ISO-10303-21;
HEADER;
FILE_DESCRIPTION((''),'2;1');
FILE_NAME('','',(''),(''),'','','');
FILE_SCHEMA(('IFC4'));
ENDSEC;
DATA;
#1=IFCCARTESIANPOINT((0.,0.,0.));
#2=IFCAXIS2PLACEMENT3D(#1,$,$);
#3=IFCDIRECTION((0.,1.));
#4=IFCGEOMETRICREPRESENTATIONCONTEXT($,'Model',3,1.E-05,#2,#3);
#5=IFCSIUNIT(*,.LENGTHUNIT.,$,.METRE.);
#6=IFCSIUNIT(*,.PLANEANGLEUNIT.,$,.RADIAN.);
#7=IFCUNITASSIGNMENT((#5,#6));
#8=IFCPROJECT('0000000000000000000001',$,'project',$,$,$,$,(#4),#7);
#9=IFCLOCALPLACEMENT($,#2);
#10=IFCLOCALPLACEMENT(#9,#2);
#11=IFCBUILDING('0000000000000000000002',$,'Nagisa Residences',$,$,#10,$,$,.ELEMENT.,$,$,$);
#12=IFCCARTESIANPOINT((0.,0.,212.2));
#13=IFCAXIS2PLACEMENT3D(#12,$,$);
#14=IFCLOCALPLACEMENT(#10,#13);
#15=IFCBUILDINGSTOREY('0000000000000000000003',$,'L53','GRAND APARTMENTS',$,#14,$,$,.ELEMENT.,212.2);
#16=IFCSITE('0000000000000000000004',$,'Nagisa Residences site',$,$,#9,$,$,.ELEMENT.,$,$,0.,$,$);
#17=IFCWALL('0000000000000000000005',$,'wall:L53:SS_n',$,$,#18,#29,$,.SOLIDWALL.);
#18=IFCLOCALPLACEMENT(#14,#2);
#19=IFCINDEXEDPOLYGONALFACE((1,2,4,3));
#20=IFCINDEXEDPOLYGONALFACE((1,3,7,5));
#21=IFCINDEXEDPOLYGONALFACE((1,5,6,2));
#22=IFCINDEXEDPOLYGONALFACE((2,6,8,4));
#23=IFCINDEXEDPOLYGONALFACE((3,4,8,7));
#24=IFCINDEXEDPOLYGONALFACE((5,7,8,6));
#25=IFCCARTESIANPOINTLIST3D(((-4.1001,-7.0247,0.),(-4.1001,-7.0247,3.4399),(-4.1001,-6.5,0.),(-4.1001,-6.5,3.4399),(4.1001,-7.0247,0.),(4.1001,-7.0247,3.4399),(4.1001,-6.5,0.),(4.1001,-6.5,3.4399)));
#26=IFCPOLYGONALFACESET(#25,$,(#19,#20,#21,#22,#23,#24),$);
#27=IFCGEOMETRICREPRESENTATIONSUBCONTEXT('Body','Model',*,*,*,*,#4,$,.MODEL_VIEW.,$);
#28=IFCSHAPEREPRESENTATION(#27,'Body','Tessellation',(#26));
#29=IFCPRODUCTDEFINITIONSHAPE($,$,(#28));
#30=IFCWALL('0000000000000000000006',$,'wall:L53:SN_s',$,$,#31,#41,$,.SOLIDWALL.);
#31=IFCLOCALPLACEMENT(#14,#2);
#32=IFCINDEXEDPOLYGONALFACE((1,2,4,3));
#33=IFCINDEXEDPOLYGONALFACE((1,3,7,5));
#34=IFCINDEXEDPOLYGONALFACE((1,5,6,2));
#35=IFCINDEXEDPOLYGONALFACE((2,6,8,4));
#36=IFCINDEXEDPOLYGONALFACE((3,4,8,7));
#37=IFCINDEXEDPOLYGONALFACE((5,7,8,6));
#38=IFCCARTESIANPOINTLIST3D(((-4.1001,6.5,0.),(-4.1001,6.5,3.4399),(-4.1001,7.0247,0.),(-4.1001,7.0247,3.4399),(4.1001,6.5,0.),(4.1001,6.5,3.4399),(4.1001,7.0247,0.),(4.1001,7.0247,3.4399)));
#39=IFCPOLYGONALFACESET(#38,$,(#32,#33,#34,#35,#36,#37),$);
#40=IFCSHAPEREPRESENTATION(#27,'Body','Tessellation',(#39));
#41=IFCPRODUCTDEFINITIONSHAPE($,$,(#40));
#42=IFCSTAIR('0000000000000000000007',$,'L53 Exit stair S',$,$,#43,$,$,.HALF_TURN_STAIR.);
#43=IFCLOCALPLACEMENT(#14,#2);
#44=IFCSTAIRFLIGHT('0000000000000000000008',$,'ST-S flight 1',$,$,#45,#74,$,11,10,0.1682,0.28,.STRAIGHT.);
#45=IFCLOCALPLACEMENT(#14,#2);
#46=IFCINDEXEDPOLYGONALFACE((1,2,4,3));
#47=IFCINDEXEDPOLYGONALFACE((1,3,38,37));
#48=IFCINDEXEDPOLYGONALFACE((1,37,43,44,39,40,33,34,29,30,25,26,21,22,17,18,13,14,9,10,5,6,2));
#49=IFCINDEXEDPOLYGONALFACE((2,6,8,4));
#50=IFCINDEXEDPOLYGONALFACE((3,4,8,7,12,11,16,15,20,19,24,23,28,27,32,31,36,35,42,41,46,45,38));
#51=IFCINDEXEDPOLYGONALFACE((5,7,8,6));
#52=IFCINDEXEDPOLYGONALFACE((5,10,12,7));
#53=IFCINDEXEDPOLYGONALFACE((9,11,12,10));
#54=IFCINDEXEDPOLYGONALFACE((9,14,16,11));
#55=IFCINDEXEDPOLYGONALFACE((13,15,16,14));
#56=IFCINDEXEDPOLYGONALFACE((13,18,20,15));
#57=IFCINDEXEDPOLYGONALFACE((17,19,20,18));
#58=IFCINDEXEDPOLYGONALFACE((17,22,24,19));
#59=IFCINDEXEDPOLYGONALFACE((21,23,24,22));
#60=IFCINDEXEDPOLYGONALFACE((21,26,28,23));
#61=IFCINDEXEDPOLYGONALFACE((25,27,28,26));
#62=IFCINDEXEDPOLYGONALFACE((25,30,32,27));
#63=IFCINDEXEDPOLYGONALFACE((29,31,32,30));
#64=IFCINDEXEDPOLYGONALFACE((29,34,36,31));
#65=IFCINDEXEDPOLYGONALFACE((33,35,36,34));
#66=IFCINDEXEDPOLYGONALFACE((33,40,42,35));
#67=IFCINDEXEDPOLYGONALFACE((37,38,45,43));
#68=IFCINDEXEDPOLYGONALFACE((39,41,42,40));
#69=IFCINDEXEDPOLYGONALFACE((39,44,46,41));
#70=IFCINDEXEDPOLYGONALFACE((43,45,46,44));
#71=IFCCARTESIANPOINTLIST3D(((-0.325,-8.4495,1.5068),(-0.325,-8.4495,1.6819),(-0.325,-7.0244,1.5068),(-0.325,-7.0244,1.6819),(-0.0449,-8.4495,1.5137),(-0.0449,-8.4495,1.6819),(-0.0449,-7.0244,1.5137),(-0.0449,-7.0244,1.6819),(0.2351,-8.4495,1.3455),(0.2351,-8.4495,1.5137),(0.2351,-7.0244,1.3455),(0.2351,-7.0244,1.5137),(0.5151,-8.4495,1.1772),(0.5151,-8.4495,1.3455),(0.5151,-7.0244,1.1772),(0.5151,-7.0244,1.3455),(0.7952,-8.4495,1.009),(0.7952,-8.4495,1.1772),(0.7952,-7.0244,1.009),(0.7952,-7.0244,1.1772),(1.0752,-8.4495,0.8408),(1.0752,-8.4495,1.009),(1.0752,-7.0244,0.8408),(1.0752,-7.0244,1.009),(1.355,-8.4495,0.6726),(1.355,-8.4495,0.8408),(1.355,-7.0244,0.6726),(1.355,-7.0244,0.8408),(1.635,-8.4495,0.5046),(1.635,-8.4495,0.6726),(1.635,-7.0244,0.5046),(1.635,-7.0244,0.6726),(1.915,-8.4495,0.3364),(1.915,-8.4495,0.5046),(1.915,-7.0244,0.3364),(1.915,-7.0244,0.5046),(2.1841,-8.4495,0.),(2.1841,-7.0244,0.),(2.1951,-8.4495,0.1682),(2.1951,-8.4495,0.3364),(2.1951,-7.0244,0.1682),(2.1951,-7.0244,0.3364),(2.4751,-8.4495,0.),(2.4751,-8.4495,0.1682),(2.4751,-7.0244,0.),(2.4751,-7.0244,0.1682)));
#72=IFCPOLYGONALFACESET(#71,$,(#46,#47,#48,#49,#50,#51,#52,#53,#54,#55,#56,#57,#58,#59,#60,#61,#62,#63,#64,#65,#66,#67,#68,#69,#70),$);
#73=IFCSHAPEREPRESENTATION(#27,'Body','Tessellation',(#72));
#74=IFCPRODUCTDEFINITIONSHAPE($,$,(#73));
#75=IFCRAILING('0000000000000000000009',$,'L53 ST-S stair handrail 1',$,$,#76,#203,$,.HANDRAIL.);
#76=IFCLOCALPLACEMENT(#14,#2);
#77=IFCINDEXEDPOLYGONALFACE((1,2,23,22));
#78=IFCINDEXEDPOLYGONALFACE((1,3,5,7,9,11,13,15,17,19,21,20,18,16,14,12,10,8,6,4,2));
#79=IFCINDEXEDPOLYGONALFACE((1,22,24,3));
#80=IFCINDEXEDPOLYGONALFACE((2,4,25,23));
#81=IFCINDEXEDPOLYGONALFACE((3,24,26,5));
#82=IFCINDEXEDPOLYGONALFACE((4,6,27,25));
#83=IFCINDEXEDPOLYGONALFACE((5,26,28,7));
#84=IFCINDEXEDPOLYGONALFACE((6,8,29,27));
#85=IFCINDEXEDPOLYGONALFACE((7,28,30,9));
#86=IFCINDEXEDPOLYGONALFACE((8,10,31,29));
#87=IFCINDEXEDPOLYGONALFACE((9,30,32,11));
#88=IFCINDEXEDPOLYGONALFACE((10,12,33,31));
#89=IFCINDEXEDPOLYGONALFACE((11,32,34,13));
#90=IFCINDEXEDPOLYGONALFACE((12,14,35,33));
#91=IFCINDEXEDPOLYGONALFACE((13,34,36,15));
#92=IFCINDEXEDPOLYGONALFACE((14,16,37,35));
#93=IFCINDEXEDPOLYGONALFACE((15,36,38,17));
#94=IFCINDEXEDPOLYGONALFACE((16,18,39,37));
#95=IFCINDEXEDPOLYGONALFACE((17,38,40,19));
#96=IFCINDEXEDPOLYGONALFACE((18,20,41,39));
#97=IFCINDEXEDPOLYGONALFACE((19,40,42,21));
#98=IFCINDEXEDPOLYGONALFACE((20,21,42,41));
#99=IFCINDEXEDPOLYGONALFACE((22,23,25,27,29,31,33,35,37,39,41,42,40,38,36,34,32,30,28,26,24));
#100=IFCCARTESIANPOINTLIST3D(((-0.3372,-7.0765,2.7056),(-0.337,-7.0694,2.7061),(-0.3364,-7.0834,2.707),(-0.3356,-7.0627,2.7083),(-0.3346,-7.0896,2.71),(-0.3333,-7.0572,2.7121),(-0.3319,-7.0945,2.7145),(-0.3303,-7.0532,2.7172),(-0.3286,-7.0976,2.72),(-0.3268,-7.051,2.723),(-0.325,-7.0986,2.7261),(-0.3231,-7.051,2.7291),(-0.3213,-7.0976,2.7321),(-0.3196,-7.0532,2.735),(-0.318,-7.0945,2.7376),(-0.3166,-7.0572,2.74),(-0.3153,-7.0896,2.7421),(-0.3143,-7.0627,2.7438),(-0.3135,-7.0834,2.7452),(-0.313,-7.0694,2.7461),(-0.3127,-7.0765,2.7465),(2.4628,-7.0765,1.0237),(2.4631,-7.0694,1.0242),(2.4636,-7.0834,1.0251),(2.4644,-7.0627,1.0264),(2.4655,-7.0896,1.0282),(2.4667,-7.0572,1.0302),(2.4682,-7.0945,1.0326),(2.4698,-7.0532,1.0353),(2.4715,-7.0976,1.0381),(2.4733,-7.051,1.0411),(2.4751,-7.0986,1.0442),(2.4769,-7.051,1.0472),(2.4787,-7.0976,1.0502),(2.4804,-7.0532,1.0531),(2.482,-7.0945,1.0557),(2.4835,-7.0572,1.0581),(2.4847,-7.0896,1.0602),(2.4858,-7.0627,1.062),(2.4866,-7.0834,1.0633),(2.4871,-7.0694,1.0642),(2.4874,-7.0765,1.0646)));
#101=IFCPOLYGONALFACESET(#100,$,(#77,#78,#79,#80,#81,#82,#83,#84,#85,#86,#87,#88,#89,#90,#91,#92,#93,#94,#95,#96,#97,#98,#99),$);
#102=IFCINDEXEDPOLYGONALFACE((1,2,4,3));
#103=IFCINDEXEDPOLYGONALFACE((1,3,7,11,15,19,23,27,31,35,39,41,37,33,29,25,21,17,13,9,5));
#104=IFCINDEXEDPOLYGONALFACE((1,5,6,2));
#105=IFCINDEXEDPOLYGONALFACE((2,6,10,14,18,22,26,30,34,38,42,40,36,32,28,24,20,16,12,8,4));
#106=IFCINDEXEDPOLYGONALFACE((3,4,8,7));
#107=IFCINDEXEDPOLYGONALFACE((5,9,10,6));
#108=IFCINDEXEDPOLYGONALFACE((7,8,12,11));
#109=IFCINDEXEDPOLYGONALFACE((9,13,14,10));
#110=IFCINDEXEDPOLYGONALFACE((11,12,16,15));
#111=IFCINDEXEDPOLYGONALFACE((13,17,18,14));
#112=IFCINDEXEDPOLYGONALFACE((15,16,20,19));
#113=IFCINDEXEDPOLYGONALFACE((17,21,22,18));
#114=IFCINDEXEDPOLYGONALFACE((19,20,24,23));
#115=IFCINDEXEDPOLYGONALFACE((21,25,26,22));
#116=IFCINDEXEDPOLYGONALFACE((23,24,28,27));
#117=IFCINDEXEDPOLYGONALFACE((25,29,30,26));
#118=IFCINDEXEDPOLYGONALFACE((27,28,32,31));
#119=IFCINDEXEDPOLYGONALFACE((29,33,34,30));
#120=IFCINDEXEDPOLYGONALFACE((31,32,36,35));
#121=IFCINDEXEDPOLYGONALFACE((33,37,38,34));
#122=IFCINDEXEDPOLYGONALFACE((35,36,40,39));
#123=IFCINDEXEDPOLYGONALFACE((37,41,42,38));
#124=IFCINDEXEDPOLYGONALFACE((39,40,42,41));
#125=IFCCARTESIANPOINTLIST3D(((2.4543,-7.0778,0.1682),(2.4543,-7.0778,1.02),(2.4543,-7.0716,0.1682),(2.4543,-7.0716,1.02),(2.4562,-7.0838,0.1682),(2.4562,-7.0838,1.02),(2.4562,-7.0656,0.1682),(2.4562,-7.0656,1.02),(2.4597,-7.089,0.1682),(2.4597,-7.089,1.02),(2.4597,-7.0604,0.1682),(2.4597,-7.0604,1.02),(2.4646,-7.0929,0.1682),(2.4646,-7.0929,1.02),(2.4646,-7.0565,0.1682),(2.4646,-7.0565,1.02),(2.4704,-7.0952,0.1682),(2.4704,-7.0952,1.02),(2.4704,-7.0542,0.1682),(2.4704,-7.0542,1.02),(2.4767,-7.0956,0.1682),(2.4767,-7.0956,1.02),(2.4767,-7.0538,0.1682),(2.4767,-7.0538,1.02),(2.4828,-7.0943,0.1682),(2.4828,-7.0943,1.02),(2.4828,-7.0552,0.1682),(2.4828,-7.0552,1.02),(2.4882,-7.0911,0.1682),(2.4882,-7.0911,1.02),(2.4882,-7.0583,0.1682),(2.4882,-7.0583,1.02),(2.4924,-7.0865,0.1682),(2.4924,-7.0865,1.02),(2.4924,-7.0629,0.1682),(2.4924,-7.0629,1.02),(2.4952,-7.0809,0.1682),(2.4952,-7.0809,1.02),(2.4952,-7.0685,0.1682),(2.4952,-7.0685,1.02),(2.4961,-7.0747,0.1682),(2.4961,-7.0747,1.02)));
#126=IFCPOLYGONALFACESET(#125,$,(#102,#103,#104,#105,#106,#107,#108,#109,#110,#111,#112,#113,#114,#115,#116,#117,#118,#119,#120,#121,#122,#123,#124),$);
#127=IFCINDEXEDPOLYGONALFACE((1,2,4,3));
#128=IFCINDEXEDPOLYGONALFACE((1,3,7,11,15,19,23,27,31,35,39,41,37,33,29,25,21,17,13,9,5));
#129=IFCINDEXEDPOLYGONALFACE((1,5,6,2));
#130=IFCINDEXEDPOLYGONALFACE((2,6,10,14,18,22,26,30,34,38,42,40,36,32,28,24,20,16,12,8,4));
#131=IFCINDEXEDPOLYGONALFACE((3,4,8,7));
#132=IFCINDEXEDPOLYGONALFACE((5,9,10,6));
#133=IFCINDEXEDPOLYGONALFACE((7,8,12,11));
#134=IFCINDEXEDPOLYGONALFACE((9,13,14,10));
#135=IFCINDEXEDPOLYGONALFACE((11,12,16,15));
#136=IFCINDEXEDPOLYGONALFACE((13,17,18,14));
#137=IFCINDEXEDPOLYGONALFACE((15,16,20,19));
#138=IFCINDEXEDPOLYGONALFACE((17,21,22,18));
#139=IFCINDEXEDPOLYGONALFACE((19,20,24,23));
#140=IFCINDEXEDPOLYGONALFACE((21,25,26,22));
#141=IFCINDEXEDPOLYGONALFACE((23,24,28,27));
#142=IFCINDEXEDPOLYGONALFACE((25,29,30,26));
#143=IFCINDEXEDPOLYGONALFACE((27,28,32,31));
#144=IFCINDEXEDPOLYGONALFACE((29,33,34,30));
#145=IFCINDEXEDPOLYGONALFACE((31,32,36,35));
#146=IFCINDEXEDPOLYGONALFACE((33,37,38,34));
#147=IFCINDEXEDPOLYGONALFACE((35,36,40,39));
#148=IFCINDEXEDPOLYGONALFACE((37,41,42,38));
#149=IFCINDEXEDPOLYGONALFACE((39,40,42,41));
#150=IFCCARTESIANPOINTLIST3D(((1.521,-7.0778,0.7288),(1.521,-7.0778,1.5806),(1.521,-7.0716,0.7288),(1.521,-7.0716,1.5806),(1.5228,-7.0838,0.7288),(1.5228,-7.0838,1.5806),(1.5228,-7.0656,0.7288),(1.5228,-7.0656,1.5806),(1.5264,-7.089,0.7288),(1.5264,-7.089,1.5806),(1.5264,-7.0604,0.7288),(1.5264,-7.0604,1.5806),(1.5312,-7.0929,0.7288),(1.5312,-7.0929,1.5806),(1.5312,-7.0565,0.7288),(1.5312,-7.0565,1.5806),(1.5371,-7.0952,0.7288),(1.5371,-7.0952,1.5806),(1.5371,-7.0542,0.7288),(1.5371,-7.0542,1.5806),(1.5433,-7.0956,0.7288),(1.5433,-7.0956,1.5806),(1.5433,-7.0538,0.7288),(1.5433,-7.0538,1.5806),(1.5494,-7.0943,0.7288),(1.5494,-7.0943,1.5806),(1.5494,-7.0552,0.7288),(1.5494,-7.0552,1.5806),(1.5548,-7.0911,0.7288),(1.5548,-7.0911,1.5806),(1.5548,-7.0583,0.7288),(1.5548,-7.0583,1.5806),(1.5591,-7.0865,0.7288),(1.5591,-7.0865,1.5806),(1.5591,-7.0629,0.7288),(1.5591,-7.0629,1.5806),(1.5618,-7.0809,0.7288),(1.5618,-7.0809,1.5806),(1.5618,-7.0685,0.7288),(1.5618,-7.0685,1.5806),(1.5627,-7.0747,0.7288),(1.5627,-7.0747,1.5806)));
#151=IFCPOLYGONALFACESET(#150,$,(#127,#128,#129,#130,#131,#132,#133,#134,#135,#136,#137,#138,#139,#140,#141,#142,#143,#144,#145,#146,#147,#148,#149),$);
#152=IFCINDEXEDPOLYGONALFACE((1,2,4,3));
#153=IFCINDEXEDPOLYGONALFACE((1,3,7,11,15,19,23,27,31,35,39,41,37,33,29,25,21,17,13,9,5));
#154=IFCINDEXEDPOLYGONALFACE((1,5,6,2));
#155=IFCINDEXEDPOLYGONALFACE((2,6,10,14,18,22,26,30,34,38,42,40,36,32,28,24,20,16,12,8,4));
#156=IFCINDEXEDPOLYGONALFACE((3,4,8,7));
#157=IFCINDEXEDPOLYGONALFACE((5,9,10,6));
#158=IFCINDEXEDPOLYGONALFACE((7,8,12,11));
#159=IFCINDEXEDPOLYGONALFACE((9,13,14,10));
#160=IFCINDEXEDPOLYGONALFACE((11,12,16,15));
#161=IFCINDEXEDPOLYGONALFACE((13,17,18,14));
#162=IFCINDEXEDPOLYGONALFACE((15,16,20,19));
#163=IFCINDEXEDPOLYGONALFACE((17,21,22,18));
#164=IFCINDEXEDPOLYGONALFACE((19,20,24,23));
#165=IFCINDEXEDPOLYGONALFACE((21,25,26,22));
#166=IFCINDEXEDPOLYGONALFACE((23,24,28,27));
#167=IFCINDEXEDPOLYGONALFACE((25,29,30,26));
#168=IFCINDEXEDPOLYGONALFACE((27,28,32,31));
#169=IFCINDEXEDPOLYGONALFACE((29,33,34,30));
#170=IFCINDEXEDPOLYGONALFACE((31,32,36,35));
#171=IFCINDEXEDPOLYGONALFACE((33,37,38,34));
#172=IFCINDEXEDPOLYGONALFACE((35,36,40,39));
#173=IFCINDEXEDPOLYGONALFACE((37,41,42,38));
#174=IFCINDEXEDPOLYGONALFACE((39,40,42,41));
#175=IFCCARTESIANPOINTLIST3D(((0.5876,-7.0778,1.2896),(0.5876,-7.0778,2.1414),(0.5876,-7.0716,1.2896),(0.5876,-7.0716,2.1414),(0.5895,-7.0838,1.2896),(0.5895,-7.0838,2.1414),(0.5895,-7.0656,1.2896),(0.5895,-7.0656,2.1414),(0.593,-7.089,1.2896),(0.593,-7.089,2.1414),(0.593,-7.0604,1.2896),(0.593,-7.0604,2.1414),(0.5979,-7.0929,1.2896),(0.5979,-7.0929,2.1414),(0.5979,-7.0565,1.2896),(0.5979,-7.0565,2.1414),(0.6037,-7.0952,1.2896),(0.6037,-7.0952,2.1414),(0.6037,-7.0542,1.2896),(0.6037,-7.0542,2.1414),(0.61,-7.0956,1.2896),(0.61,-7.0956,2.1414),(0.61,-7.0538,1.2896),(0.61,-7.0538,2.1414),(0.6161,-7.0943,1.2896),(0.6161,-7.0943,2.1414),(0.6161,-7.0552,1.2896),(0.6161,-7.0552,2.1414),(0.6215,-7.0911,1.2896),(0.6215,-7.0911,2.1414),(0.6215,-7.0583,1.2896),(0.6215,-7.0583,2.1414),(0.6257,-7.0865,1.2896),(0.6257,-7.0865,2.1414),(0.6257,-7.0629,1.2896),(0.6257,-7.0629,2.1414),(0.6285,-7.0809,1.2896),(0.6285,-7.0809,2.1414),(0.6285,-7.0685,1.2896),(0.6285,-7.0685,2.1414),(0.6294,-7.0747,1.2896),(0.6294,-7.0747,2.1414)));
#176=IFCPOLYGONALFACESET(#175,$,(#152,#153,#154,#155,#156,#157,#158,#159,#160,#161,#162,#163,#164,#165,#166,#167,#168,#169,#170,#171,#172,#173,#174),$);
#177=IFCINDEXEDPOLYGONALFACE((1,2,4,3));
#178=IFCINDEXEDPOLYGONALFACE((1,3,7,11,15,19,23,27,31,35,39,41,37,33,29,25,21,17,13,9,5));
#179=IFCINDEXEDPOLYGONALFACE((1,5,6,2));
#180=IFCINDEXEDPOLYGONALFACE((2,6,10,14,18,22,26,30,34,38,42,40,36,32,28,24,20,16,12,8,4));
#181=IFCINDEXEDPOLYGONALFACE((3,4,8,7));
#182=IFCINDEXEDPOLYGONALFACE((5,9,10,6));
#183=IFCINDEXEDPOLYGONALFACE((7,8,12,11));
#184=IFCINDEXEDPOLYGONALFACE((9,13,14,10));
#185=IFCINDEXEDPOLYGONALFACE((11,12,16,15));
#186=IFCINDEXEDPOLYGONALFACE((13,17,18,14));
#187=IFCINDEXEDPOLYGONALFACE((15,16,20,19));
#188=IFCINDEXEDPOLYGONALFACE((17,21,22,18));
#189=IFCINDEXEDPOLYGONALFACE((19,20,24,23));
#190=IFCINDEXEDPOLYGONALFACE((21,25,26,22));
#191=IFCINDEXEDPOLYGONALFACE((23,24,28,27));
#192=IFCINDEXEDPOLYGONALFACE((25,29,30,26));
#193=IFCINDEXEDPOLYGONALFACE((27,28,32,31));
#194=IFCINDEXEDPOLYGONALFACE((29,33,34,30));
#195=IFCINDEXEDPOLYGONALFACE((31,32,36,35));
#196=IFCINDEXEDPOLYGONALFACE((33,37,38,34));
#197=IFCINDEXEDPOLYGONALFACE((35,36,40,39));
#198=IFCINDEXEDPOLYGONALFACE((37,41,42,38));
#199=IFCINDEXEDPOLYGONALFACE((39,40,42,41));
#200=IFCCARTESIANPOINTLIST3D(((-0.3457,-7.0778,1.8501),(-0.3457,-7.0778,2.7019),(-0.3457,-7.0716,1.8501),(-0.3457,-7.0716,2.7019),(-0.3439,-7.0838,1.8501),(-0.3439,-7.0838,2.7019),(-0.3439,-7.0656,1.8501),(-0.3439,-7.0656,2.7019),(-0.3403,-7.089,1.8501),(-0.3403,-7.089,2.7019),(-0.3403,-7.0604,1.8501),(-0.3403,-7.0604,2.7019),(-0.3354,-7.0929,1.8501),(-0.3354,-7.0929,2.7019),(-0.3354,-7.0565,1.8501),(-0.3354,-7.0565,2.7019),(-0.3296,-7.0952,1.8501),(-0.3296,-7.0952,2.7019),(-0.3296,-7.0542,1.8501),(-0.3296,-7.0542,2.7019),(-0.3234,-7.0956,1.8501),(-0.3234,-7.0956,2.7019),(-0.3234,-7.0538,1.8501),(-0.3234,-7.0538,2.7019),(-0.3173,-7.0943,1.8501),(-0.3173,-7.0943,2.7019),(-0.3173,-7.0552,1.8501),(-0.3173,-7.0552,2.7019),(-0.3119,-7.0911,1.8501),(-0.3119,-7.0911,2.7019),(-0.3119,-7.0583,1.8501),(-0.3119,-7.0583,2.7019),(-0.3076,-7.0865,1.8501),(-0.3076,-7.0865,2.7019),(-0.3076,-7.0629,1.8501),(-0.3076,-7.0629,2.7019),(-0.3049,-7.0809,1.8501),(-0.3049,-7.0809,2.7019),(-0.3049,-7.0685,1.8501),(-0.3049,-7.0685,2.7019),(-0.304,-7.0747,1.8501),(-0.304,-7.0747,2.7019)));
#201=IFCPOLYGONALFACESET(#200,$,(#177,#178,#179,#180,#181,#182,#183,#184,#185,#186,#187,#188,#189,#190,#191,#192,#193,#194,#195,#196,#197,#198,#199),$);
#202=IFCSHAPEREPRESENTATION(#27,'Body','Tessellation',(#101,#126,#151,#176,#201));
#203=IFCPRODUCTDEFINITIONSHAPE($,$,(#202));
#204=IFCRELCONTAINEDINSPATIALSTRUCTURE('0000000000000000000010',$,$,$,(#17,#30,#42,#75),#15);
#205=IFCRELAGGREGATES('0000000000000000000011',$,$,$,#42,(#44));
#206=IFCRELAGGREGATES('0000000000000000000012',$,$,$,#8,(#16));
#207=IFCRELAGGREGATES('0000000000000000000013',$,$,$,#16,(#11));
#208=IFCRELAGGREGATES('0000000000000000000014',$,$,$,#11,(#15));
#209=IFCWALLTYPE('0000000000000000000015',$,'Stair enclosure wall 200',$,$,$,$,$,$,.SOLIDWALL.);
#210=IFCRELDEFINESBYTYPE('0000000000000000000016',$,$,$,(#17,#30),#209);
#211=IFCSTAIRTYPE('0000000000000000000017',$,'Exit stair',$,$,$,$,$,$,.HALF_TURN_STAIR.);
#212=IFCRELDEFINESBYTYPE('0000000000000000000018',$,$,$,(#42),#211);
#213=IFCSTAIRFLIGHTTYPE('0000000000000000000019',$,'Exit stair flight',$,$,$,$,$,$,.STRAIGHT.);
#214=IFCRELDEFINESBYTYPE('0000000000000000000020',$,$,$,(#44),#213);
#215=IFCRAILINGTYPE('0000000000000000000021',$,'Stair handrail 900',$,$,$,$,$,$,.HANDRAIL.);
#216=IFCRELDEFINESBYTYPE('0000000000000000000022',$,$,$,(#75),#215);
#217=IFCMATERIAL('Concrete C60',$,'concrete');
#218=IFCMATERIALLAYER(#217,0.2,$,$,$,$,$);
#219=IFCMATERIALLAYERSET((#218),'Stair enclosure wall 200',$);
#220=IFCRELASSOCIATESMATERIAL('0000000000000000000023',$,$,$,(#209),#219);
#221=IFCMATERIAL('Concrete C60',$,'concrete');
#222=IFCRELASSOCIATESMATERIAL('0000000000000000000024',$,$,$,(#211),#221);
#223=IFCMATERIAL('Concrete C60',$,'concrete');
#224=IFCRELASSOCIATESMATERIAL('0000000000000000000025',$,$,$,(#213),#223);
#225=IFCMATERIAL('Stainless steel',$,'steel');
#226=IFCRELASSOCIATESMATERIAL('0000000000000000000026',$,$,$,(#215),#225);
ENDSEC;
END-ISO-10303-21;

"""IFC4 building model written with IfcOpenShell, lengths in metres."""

from ifc_helpers import new_model, si_unit, direction, frame, origin, origin_2d, place, context, subcontext, project, spatial, polyline, circle, outline, extrude, material, layer, layer_set, type_object, element, aggregate, save


model = new_model("IFC4")

# Units and contexts
model_context = context("Model", 3, precision=1e-05, world=origin(), true_north=direction((0.0, 1.0)))
body_context = subcontext(model_context, "Body", "Model", "MODEL_VIEW")
ifc_project = project(units=[si_unit("LENGTHUNIT", "METRE"), si_unit("PLANEANGLEUNIT", "RADIAN")], contexts=[model_context])

# Site, building, storey
site_placement = place(None, origin())
site = spatial("IfcSite", under=ifc_project, at=site_placement, Name="Nagisa Residences site", CompositionType="ELEMENT", RefElevation=0.0)
building_placement = place(site_placement, origin())
building = spatial("IfcBuilding", under=site, at=building_placement, Name="Nagisa Residences", CompositionType="ELEMENT")
storey_placement = place(building_placement, frame((0.0, 0.0, 212.2)))
storey = spatial("IfcBuildingStorey", under=building, at=storey_placement, Name="L53", Description="GRAND APARTMENTS", CompositionType="ELEMENT", Elevation=212.2)

# Shared definitions
ifc_material_1 = material(Name="Concrete C60", Category="concrete")
ifc_layer_1 = layer(ifc_material_1, 0.2)
ifc_layer_set_1 = layer_set([ifc_layer_1], Name="Stair enclosure wall 200")
wall_type_1 = type_object("IfcWallType", Name="Stair enclosure wall 200", PredefinedType="SOLIDWALL", material=ifc_layer_set_1)

# Walls
wall_1_placement = place(storey_placement, origin())
element("IfcWall", 1, at=wall_1_placement, inside=storey, type_object=wall_type_1, Name="wall:L53:SS_n", PredefinedType="SOLIDWALL", context=body_context, shape_type="SweptSolid", body=[
    extrude(outline(polyline([(4.1001, -7.0247), (-4.1001, -7.0247), (-4.1001, -6.5), (4.1001, -6.5), (4.1001, -7.0247)])), origin(), (0.0, 0.0, 1.0), 3.4399),
])
wall_2_placement = place(storey_placement, origin())
element("IfcWall", 2, at=wall_2_placement, inside=storey, type_object=wall_type_1, Name="wall:L53:SN_s", PredefinedType="SOLIDWALL", context=body_context, shape_type="SweptSolid", body=[
    extrude(outline(polyline([(4.1001, 6.5), (-4.1001, 6.5), (-4.1001, 7.0247), (4.1001, 7.0247), (4.1001, 6.5)])), origin(), (0.0, 0.0, 1.0), 3.4399),
])

# Stair, stair flight
ifc_material_2 = material(Name="Concrete C60", Category="concrete")
stair_type = type_object("IfcStairType", Name="Exit stair", PredefinedType="HALF_TURN_STAIR", material=ifc_material_2)
stair_placement = place(storey_placement, origin())
stair = element("IfcStair", 3, at=stair_placement, inside=storey, type_object=stair_type, Name="L53 Exit stair S", PredefinedType="HALF_TURN_STAIR")
ifc_material_3 = material(Name="Concrete C60", Category="concrete")
stair_flight_type = type_object("IfcStairFlightType", Name="Exit stair flight", PredefinedType="STRAIGHT", material=ifc_material_3)
stair_flight_placement = place(storey_placement, frame((2.4751, -7.7371, 0.0), z_axis=(0.0, 0.0, 1.0), x_axis=(-1.0, 0.0, 0.0)))
stair_flight = element("IfcStairFlight", 4, at=stair_flight_placement, type_object=stair_flight_type, Name="ST-S flight 1", NumberOfRisers=11, NumberOfTreads=10, PredefinedType="STRAIGHT", RiserHeight=0.1682, TreadLength=0.28, context=body_context, shape_type="SweptSolid", body=[
    extrude(outline(polyline([(0.0, 0.0), (0.0, 0.1682), (0.28, 0.1682), (0.28, 0.3364), (0.5601, 0.3364), (0.5601, 0.5046), (0.8401, 0.5046), (0.8401, 0.6726), (1.1201, 0.6726), (1.1201, 0.8408), (1.3999, 0.8408), (1.3999, 1.009), (1.6799, 1.009), (1.6799, 1.1772), (1.96, 1.1772), (1.96, 1.3455), (2.24, 1.3455), (2.24, 1.5137), (2.52, 1.5137), (2.52, 1.6819), (2.8, 1.6819), (2.8, 1.8501), (2.8, 1.5068), (0.291, 0.0), (0.0, 0.0)])), frame((0.0, 0.7124, 0.0), z_axis=(0.0, -1.0, 0.0), x_axis=(1.0, 0.0, 0.0)), (0.0, 0.0, 1.0), 1.425),
])
aggregate(stair, [stair_flight])

# Railing
ifc_material_4 = material(Name="Stainless steel", Category="steel")
railing_type_1 = type_object("IfcRailingType", Name="Stair handrail 900", PredefinedType="HANDRAIL", material=ifc_material_4)
railing_1_placement = place(storey_placement, frame((2.4751, -7.0747, 0.1682)))
element("IfcRailing", 5, at=railing_1_placement, inside=storey, type_object=railing_type_1, Name="L53 ST-S stair handrail 1", PredefinedType="HANDRAIL", context=body_context, shape_type="SweptSolid", body=[
    extrude(circle(Radius=0.0239, at=origin_2d()), frame((0.0, 0.0, 0.876), z_axis=(-0.857242, 0.0, 0.514913), x_axis=(0.0, -1.0, 0.0)), (0.0, 0.0, 1.0), 3.2664),
    extrude(circle(Radius=0.021, at=origin_2d()), origin(), (0.0, 0.0, 1.0), 0.8518),
    extrude(circle(Radius=0.021, at=origin_2d()), frame((-0.9333, 0.0, 0.5605)), (0.0, 0.0, 1.0), 0.8518),
    extrude(circle(Radius=0.021, at=origin_2d()), frame((-1.8667, 0.0, 1.1213)), (0.0, 0.0, 1.0), 0.8518),
    extrude(circle(Radius=0.021, at=origin_2d()), frame((-2.8, 0.0, 1.6819)), (0.0, 0.0, 1.0), 0.8518),
])

save(model, "model.ifc")
